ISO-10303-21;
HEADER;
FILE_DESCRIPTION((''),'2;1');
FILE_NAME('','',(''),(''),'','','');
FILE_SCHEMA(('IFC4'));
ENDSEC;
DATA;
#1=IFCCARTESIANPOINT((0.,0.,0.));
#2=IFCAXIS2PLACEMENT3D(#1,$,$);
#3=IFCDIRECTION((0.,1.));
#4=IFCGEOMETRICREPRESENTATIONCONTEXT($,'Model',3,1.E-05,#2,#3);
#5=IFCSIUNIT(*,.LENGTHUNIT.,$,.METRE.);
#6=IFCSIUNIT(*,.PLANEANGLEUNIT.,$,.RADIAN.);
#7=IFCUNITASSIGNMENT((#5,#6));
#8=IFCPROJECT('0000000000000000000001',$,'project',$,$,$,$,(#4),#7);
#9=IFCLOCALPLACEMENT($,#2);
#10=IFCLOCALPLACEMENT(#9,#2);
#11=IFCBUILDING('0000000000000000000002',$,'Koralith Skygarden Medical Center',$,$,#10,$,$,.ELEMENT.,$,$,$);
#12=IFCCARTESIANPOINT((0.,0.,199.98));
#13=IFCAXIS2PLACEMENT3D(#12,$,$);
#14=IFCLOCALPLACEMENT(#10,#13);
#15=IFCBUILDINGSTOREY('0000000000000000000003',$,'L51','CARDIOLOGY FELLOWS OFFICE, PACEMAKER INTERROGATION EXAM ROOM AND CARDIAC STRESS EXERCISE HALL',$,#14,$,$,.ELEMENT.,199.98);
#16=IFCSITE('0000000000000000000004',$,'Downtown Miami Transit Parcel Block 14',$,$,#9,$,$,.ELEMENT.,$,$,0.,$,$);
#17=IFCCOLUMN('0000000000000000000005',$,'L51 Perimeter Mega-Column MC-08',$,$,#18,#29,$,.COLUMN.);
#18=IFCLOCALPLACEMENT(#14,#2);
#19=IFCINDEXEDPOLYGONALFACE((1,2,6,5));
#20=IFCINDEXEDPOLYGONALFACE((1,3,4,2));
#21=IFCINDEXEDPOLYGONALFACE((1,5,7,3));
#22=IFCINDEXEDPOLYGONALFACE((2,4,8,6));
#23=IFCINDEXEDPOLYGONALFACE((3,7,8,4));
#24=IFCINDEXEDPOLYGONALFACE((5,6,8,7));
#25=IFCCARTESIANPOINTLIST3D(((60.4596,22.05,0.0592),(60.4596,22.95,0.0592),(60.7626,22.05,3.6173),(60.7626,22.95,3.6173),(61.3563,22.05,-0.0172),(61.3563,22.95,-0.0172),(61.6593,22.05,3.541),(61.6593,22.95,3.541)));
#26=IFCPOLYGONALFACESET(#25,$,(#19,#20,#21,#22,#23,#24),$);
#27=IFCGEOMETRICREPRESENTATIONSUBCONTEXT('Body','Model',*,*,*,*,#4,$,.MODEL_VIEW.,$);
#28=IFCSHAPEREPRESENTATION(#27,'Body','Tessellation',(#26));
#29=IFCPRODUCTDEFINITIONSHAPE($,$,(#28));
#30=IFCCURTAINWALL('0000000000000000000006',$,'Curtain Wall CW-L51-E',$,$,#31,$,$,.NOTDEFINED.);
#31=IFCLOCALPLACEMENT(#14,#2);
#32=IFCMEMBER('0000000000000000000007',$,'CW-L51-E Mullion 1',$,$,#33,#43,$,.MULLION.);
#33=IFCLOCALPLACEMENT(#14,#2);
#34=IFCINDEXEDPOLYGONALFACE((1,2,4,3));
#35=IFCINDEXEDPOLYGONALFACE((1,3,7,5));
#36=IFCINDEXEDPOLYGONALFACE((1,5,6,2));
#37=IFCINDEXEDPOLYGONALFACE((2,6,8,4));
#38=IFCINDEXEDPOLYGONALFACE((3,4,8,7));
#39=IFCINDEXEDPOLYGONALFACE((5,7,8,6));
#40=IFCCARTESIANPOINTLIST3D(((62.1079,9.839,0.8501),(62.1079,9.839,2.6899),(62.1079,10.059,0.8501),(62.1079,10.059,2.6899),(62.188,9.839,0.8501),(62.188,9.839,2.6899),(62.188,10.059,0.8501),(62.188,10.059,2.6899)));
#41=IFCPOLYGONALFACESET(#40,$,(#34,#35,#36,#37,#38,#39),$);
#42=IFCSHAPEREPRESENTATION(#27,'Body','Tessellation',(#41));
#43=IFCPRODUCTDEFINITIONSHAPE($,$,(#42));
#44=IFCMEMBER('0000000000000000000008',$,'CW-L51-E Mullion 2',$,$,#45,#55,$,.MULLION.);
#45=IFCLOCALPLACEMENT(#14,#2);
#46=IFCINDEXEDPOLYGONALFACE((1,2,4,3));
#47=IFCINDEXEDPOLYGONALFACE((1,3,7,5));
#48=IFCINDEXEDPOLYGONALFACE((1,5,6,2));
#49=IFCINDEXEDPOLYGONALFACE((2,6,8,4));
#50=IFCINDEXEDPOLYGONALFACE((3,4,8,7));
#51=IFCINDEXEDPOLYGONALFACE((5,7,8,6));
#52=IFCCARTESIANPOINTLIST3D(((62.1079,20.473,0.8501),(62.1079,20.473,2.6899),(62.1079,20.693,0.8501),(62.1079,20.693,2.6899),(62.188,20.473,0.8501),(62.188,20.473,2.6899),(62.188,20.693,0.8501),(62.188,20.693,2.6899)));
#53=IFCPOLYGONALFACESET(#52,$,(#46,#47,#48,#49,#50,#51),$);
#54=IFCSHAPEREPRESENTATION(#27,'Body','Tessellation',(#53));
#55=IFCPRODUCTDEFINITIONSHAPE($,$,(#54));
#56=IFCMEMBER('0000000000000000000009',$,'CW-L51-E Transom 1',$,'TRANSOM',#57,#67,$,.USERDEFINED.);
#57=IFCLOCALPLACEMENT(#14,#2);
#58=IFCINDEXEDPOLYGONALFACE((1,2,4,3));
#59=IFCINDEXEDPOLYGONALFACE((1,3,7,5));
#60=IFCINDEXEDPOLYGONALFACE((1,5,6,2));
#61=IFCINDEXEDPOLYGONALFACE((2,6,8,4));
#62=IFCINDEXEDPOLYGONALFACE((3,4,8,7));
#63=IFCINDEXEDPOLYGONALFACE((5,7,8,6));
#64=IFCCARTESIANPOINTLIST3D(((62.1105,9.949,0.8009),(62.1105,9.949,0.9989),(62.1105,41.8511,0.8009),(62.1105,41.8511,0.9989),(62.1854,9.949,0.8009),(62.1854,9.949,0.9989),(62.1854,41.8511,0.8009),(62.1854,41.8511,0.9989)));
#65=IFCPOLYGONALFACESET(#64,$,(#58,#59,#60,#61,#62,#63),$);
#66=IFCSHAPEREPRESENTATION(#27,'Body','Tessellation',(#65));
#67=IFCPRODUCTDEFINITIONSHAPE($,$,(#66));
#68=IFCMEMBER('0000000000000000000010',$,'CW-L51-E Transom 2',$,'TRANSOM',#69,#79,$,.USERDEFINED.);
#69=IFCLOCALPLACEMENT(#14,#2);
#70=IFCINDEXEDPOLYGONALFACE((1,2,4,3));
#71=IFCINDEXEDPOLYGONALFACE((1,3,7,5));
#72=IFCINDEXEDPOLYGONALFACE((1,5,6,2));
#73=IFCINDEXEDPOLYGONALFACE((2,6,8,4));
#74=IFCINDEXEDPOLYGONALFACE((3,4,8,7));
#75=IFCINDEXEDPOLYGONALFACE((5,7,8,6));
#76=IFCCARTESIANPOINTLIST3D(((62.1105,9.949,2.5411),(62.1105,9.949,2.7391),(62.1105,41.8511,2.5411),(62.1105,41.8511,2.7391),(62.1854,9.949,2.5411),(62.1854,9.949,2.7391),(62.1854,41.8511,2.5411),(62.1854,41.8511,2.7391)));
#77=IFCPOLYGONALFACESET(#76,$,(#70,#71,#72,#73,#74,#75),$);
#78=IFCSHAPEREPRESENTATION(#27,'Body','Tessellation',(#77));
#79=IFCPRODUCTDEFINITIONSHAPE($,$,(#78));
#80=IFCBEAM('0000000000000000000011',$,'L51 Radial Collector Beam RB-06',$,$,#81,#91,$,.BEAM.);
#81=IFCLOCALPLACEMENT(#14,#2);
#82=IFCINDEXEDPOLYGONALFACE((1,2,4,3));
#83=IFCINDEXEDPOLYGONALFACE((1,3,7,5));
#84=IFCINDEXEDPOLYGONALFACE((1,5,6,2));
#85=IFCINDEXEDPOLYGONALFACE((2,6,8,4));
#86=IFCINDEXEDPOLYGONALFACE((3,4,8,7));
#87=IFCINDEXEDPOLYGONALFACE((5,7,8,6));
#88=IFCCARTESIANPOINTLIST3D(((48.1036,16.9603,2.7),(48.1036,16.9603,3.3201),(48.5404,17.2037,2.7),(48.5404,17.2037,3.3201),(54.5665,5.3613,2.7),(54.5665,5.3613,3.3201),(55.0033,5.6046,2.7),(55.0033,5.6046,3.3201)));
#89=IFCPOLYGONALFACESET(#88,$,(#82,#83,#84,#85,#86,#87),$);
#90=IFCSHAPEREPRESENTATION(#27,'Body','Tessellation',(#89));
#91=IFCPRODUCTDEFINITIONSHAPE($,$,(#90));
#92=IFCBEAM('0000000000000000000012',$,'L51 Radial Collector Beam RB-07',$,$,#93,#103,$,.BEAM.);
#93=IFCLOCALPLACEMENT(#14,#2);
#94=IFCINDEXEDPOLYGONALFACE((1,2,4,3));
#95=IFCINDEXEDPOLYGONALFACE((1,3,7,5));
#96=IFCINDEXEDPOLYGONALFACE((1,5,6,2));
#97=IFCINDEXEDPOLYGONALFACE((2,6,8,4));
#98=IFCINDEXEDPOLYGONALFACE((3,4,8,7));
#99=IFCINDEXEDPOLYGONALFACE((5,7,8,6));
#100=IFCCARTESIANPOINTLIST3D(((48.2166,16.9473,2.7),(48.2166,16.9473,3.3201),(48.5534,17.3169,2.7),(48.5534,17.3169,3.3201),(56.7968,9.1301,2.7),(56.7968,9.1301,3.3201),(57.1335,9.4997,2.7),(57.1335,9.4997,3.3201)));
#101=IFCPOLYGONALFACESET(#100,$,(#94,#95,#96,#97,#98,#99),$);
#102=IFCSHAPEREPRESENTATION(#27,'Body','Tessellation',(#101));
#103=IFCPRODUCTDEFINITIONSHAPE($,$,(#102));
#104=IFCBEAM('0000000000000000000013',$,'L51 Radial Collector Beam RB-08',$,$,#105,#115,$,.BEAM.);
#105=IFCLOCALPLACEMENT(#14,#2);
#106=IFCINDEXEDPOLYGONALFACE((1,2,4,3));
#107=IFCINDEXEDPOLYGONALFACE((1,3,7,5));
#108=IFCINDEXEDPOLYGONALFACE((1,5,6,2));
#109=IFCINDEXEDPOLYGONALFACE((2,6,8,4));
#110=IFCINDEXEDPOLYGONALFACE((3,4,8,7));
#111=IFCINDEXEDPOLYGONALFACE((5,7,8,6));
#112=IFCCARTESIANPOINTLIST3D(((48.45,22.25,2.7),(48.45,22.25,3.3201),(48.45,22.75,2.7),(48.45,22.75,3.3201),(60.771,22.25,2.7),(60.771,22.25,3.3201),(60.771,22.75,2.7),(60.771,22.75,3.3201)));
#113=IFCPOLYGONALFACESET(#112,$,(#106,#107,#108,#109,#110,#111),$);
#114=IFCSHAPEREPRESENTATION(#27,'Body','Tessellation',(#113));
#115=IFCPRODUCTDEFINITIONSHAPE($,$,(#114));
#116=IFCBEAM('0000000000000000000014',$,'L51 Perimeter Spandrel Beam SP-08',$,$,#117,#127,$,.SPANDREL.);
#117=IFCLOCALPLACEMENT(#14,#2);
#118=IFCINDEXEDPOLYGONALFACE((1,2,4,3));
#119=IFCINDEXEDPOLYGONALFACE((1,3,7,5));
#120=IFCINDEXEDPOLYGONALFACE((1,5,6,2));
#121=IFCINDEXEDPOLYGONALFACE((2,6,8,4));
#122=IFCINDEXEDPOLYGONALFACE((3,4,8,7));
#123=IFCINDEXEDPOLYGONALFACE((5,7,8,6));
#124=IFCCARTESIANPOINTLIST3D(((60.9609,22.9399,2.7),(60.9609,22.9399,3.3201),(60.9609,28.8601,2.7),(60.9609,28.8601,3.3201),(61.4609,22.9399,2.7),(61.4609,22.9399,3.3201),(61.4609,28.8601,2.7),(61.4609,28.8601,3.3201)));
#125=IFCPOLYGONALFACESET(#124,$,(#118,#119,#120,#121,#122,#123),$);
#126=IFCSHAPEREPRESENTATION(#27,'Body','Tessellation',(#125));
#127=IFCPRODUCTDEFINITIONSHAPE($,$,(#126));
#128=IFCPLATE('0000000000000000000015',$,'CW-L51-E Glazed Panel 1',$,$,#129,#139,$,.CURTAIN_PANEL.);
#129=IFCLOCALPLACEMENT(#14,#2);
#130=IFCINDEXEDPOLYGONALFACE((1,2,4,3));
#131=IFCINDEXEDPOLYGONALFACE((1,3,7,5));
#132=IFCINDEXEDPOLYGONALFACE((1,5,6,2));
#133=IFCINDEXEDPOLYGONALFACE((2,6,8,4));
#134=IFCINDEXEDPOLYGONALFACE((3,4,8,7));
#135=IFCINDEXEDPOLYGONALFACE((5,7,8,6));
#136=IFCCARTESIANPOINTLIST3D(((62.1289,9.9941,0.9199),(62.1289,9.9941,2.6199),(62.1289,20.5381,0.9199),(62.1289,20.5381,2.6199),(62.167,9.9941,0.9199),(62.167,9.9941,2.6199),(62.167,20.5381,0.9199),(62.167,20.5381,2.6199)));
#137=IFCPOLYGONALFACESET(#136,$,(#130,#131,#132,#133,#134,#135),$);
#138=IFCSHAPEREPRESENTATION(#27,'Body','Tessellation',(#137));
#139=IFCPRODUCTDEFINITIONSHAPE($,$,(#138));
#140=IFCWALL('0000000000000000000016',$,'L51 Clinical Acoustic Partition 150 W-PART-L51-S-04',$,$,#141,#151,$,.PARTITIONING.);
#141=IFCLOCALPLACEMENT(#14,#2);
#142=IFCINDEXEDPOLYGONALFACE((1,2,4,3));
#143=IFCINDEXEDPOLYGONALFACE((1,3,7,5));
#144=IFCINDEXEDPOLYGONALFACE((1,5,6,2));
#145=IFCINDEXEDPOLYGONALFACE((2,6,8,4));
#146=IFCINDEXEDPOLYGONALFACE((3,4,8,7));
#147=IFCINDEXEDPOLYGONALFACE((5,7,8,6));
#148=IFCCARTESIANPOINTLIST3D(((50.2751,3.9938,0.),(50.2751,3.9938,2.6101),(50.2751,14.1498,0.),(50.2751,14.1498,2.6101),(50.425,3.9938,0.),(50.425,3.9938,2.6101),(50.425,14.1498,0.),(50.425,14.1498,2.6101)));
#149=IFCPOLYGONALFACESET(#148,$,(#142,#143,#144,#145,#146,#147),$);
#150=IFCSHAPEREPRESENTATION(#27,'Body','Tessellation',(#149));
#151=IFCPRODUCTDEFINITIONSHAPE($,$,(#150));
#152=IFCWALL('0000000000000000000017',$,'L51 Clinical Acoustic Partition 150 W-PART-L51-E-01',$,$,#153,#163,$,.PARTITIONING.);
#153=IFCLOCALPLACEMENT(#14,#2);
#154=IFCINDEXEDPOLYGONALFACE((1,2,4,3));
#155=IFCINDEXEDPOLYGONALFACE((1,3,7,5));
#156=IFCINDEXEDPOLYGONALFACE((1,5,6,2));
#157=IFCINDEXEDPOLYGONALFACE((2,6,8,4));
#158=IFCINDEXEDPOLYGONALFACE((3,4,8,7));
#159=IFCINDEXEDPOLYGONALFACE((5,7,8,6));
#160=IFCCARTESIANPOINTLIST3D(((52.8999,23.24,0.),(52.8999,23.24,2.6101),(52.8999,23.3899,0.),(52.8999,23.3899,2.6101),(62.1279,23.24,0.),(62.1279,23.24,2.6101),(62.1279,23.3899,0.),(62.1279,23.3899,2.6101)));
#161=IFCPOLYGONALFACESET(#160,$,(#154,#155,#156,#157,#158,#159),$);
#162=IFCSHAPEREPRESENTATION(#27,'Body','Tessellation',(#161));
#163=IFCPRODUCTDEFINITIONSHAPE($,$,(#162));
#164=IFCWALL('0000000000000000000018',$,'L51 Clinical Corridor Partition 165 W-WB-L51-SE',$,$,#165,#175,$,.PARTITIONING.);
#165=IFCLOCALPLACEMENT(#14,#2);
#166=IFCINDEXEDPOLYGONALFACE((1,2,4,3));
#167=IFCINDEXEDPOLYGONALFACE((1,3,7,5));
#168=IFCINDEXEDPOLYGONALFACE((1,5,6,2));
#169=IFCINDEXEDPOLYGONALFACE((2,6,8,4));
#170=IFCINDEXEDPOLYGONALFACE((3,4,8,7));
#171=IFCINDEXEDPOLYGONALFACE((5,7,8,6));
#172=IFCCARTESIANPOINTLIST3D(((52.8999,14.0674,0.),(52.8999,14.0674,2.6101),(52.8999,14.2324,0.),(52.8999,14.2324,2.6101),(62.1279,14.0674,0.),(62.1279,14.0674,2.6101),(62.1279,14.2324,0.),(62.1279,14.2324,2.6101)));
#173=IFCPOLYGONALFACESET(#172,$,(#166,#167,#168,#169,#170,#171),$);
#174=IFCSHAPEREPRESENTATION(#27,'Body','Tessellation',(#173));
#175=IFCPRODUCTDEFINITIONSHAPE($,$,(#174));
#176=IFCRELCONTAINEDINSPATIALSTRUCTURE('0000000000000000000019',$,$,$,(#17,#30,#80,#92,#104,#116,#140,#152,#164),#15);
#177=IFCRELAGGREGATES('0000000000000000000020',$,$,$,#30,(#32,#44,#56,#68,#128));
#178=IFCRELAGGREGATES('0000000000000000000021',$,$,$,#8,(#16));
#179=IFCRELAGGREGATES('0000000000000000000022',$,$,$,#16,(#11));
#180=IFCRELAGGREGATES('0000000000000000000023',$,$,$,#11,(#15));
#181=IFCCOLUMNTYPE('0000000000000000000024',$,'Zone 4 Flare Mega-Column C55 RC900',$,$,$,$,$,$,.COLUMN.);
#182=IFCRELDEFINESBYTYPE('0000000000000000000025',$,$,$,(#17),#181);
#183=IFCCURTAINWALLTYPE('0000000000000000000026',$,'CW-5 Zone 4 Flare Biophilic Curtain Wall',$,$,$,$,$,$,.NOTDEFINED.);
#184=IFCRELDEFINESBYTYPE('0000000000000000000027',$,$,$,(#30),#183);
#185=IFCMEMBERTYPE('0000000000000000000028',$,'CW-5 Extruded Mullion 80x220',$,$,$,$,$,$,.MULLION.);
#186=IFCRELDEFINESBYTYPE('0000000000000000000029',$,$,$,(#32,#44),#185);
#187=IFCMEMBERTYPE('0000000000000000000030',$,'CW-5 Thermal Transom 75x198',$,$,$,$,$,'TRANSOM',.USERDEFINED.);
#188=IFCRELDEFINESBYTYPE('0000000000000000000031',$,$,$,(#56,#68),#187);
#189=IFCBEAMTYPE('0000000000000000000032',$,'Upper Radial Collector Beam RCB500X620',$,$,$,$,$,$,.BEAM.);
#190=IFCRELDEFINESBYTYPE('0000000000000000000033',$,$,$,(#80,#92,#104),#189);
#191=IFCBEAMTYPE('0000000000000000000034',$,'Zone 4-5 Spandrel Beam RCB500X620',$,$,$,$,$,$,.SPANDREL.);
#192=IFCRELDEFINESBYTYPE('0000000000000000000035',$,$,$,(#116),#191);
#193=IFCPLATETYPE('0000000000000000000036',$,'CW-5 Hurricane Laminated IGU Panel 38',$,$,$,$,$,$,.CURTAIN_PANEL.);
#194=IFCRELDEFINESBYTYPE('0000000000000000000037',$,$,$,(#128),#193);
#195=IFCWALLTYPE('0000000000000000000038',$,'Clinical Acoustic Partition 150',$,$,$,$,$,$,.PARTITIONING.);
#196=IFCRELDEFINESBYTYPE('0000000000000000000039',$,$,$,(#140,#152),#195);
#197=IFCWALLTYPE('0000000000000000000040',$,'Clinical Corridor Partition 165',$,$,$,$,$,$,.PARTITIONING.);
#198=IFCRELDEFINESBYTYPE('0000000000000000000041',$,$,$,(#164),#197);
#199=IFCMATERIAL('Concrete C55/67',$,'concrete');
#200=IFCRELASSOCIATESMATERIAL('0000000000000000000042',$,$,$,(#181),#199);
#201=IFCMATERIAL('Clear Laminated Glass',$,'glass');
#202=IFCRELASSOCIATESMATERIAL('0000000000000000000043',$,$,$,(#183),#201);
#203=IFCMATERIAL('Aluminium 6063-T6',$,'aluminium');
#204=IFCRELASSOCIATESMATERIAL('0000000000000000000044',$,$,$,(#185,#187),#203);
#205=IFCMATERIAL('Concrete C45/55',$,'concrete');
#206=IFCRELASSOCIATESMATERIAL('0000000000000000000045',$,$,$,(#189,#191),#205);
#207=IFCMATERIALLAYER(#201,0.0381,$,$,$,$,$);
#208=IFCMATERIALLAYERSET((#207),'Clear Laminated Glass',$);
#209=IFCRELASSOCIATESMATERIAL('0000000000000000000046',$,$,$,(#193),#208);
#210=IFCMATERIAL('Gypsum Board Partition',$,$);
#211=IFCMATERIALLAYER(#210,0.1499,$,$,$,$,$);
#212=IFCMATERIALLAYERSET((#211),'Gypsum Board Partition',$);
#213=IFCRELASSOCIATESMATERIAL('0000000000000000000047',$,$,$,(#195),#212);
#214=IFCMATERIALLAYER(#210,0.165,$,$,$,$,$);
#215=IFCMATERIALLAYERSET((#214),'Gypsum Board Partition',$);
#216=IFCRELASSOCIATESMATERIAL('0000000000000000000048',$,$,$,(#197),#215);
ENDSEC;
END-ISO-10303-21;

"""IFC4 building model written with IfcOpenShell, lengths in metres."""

from ifc_helpers import new_model, si_unit, direction, frame, frame_2d, origin, origin_2d, place, context, subcontext, project, spatial, rectangle, extrude, material, layer, layer_set, material_profile, profile_set, type_object, element, aggregate, save


model = new_model("IFC4")

# Units and contexts
model_context = context("Model", 3, precision=1e-05, world=origin(), true_north=direction((0.0, 1.0)))
body_context = subcontext(model_context, "Body", "Model", "MODEL_VIEW")
ifc_project = project(units=[si_unit("LENGTHUNIT", "METRE"), si_unit("PLANEANGLEUNIT", "RADIAN")], contexts=[model_context])

# Site, building, storey
site_placement = place(None, origin())
site = spatial("IfcSite", under=ifc_project, at=site_placement, Name="Downtown Miami Transit Parcel Block 14", CompositionType="ELEMENT", RefElevation=0.0)
building_placement = place(site_placement, origin())
building = spatial("IfcBuilding", under=site, at=building_placement, Name="Koralith Skygarden Medical Center", CompositionType="ELEMENT")
storey_placement = place(building_placement, frame((0.0, 0.0, 199.98)))
storey = spatial("IfcBuildingStorey", under=building, at=storey_placement, Name="L51", Description="CARDIOLOGY FELLOWS OFFICE, PACEMAKER INTERROGATION EXAM ROOM AND CARDIAC STRESS EXERCISE HALL", CompositionType="ELEMENT", Elevation=199.98)

# Column
ifc_material_1 = material(Name="Concrete C55/67", Category="concrete")
ifc_material_profile_1 = material_profile(ifc_material_1, rectangle(XDim=0.8999, YDim=0.8999, at=origin_2d()), Name="RC900X900")
ifc_profile_set_1 = profile_set([ifc_material_profile_1], Name="Concrete C55/67")
column_type = type_object("IfcColumnType", Name="Zone 4 Flare Mega-Column C55 RC900", PredefinedType="COLUMN", material=ifc_profile_set_1)
column_placement = place(storey_placement, frame((60.908, 22.5, 0.021), z_axis=(0.084845, 0.0, 0.996394), x_axis=(0.0, 1.0, 0.0)))
element("IfcColumn", 1, at=column_placement, inside=storey, type_object=column_type, Name="L51 Perimeter Mega-Column MC-08", PredefinedType="COLUMN", context=body_context, shape_type="SweptSolid", body=[
    extrude(rectangle(XDim=0.8999, YDim=0.8999, at=origin_2d()), origin(), (0.0, 0.0, 1.0), 3.571),
])

# Curtain wall, members
ifc_material_2 = material(Name="Clear Laminated Glass", Category="glass")
curtain_wall_type = type_object("IfcCurtainWallType", Name="CW-5 Zone 4 Flare Biophilic Curtain Wall", PredefinedType="NOTDEFINED", material=ifc_material_2)
curtain_wall_placement = place(storey_placement, origin())
curtain_wall = element("IfcCurtainWall", 2, at=curtain_wall_placement, inside=storey, type_object=curtain_wall_type, Name="Curtain Wall CW-L51-E", PredefinedType="NOTDEFINED")
ifc_material_3 = material(Name="Aluminium 6063-T6", Category="aluminium")
ifc_material_profile_2 = material_profile(ifc_material_3, rectangle(XDim=0.0801, YDim=0.22, at=origin_2d()), Name="MUL80X220")
ifc_profile_set_2 = profile_set([ifc_material_profile_2], Name="Aluminium 6063-T6")
member_type_1 = type_object("IfcMemberType", Name="CW-5 Extruded Mullion 80x220", PredefinedType="MULLION", material=ifc_profile_set_2)
member_1_placement = place(storey_placement, frame((62.1479, 9.949, 0.8501), z_axis=(0.0, 0.0, 1.0), x_axis=(1.0, 0.0, 0.0)))
member_1 = element("IfcMember", 3, at=member_1_placement, type_object=member_type_1, Name="CW-L51-E Mullion 1", PredefinedType="MULLION", context=body_context, shape_type="SweptSolid", body=[
    extrude(rectangle(XDim=0.0801, YDim=0.22, at=origin_2d()), origin(), (0.0, 0.0, 1.0), 1.8398),
])
member_2_placement = place(storey_placement, frame((62.1479, 20.583, 0.8501), z_axis=(0.0, 0.0, 1.0), x_axis=(1.0, 0.0, 0.0)))
member_2 = element("IfcMember", 4, at=member_2_placement, type_object=member_type_1, Name="CW-L51-E Mullion 2", PredefinedType="MULLION", context=body_context, shape_type="SweptSolid", body=[
    extrude(rectangle(XDim=0.0801, YDim=0.22, at=origin_2d()), origin(), (0.0, 0.0, 1.0), 1.8398),
])
ifc_material_profile_3 = material_profile(ifc_material_3, rectangle(XDim=0.075, YDim=0.198, at=origin_2d()), Name="TRN75X198")
ifc_profile_set_3 = profile_set([ifc_material_profile_3], Name="Aluminium 6063-T6")
member_type_2 = type_object("IfcMemberType", Name="CW-5 Thermal Transom 75x198", ElementType="TRANSOM", PredefinedType="USERDEFINED", material=ifc_profile_set_3)
member_3_placement = place(storey_placement, frame((62.1479, 9.949, 0.8999), z_axis=(0.0, 1.0, 0.0), x_axis=(-1.0, 0.0, 0.0)))
member_3 = element("IfcMember", 5, at=member_3_placement, type_object=member_type_2, Name="CW-L51-E Transom 1", ObjectType="TRANSOM", PredefinedType="USERDEFINED", context=body_context, shape_type="SweptSolid", body=[
    extrude(rectangle(XDim=0.075, YDim=0.198, at=origin_2d()), origin(), (0.0, 0.0, 1.0), 31.9021),
])
member_4_placement = place(storey_placement, frame((62.1479, 9.949, 2.6401), z_axis=(0.0, 1.0, 0.0), x_axis=(-1.0, 0.0, 0.0)))
member_4 = element("IfcMember", 6, at=member_4_placement, type_object=member_type_2, Name="CW-L51-E Transom 2", ObjectType="TRANSOM", PredefinedType="USERDEFINED", context=body_context, shape_type="SweptSolid", body=[
    extrude(rectangle(XDim=0.075, YDim=0.198, at=origin_2d()), origin(), (0.0, 0.0, 1.0), 31.9021),
])

# Beams
ifc_material_4 = material(Name="Concrete C45/55", Category="concrete")
ifc_material_profile_4 = material_profile(ifc_material_4, rectangle(XDim=0.5, YDim=0.6201, at=origin_2d()), Name="RCB500X620")
ifc_profile_set_4 = profile_set([ifc_material_profile_4], Name="Concrete C45/55")
beam_type_1 = type_object("IfcBeamType", Name="Upper Radial Collector Beam RCB500X620", PredefinedType="BEAM", material=ifc_profile_set_4)
beam_1_placement = place(storey_placement, frame((48.322, 17.082, 3.01), z_axis=(0.486732, -0.873551, 0.0), x_axis=(0.873551, 0.486732, 0.0)))
element("IfcBeam", 7, at=beam_1_placement, inside=storey, type_object=beam_type_1, Name="L51 Radial Collector Beam RB-06", PredefinedType="BEAM", context=body_context, shape_type="SweptSolid", body=[
    extrude(rectangle(XDim=0.5, YDim=0.6201, at=origin_2d()), origin(), (0.0, 0.0, 1.0), 13.2781),
])
beam_2_placement = place(storey_placement, frame((48.385, 17.1321, 3.01), z_axis=(0.739208, -0.673477, 0.0), x_axis=(0.673477, 0.739208, 0.0)))
element("IfcBeam", 8, at=beam_2_placement, inside=storey, type_object=beam_type_1, Name="L51 Radial Collector Beam RB-07", PredefinedType="BEAM", context=body_context, shape_type="SweptSolid", body=[
    extrude(rectangle(XDim=0.5, YDim=0.6201, at=origin_2d()), origin(), (0.0, 0.0, 1.0), 11.6072),
])
beam_3_placement = place(storey_placement, frame((48.45, 22.5, 3.01), z_axis=(1.0, 0.0, 0.0), x_axis=(0.0, 1.0, 0.0)))
element("IfcBeam", 9, at=beam_3_placement, inside=storey, type_object=beam_type_1, Name="L51 Radial Collector Beam RB-08", PredefinedType="BEAM", context=body_context, shape_type="SweptSolid", body=[
    extrude(rectangle(XDim=0.5, YDim=0.6201, at=origin_2d()), origin(), (0.0, 0.0, 1.0), 12.321),
])
ifc_material_profile_5 = material_profile(ifc_material_4, rectangle(XDim=0.5, YDim=0.6201, at=origin_2d()), Name="RCB500X620")
ifc_profile_set_5 = profile_set([ifc_material_profile_5], Name="Concrete C45/55")
beam_type_2 = type_object("IfcBeamType", Name="Zone 4-5 Spandrel Beam RCB500X620", PredefinedType="SPANDREL", material=ifc_profile_set_5)
beam_4_placement = place(storey_placement, frame((61.2109, 22.9399, 3.01), z_axis=(0.0, 1.0, 0.0), x_axis=(-1.0, 0.0, 0.0)))
element("IfcBeam", 10, at=beam_4_placement, inside=storey, type_object=beam_type_2, Name="L51 Perimeter Spandrel Beam SP-08", PredefinedType="SPANDREL", context=body_context, shape_type="SweptSolid", body=[
    extrude(rectangle(XDim=0.5, YDim=0.6201, at=origin_2d()), origin(), (0.0, 0.0, 1.0), 5.9202),
])

# Plate
ifc_layer_1 = layer(ifc_material_2, 0.0381)
ifc_layer_set_1 = layer_set([ifc_layer_1], Name="Clear Laminated Glass")
plate_type = type_object("IfcPlateType", Name="CW-5 Hurricane Laminated IGU Panel 38", PredefinedType="CURTAIN_PANEL", material=ifc_layer_set_1)
plate_placement = place(storey_placement, frame((62.1479, 15.2661, 0.9199), z_axis=(0.0, 0.0, 1.0), x_axis=(0.0, 1.0, 0.0)))
plate = element("IfcPlate", 11, at=plate_placement, type_object=plate_type, Name="CW-L51-E Glazed Panel 1", PredefinedType="CURTAIN_PANEL", context=body_context, shape_type="SweptSolid", body=[
    extrude(rectangle(XDim=10.5439, YDim=0.0381, at=origin_2d()), origin(), (0.0, 0.0, 1.0), 1.7),
])
aggregate(curtain_wall, [member_1, member_2, member_3, member_4, plate])

# Walls
ifc_material_5 = material(Name="Gypsum Board Partition")
ifc_layer_2 = layer(ifc_material_5, 0.1499)
ifc_layer_set_2 = layer_set([ifc_layer_2], Name="Gypsum Board Partition")
wall_type_1 = type_object("IfcWallType", Name="Clinical Acoustic Partition 150", PredefinedType="PARTITIONING", material=ifc_layer_set_2)
wall_1_placement = place(storey_placement, frame((50.3501, 14.1499, 0.0), z_axis=(0.0, 0.0, 1.0), x_axis=(0.0, -1.0, 0.0)))
element("IfcWall", 12, at=wall_1_placement, inside=storey, type_object=wall_type_1, Name="L51 Clinical Acoustic Partition 150 W-PART-L51-S-04", PredefinedType="PARTITIONING", context=body_context, shape_type="SweptSolid", body=[
    extrude(rectangle(XDim=10.156, YDim=0.1499, at=frame_2d((5.0781, 0.0))), origin(), (0.0, 0.0, 1.0), 2.6101),
])
wall_2_placement = place(storey_placement, frame((52.8999, 23.3149, 0.0), z_axis=(0.0, 0.0, 1.0), x_axis=(1.0, 0.0, 0.0)))
element("IfcWall", 13, at=wall_2_placement, inside=storey, type_object=wall_type_1, Name="L51 Clinical Acoustic Partition 150 W-PART-L51-E-01", PredefinedType="PARTITIONING", context=body_context, shape_type="SweptSolid", body=[
    extrude(rectangle(XDim=9.228, YDim=0.1499, at=frame_2d((4.614, 0.0))), origin(), (0.0, 0.0, 1.0), 2.6101),
])
ifc_layer_3 = layer(ifc_material_5, 0.165)
ifc_layer_set_3 = layer_set([ifc_layer_3], Name="Gypsum Board Partition")
wall_type_2 = type_object("IfcWallType", Name="Clinical Corridor Partition 165", PredefinedType="PARTITIONING", material=ifc_layer_set_3)
wall_3_placement = place(storey_placement, frame((52.8999, 14.1499, 0.0), z_axis=(0.0, 0.0, 1.0), x_axis=(1.0, 0.0, 0.0)))
element("IfcWall", 14, at=wall_3_placement, inside=storey, type_object=wall_type_2, Name="L51 Clinical Corridor Partition 165 W-WB-L51-SE", PredefinedType="PARTITIONING", context=body_context, shape_type="SweptSolid", body=[
    extrude(rectangle(XDim=9.228, YDim=0.165, at=frame_2d((4.614, 0.0))), origin(), (0.0, 0.0, 1.0), 2.6101),
])

save(model, "model.ifc")
